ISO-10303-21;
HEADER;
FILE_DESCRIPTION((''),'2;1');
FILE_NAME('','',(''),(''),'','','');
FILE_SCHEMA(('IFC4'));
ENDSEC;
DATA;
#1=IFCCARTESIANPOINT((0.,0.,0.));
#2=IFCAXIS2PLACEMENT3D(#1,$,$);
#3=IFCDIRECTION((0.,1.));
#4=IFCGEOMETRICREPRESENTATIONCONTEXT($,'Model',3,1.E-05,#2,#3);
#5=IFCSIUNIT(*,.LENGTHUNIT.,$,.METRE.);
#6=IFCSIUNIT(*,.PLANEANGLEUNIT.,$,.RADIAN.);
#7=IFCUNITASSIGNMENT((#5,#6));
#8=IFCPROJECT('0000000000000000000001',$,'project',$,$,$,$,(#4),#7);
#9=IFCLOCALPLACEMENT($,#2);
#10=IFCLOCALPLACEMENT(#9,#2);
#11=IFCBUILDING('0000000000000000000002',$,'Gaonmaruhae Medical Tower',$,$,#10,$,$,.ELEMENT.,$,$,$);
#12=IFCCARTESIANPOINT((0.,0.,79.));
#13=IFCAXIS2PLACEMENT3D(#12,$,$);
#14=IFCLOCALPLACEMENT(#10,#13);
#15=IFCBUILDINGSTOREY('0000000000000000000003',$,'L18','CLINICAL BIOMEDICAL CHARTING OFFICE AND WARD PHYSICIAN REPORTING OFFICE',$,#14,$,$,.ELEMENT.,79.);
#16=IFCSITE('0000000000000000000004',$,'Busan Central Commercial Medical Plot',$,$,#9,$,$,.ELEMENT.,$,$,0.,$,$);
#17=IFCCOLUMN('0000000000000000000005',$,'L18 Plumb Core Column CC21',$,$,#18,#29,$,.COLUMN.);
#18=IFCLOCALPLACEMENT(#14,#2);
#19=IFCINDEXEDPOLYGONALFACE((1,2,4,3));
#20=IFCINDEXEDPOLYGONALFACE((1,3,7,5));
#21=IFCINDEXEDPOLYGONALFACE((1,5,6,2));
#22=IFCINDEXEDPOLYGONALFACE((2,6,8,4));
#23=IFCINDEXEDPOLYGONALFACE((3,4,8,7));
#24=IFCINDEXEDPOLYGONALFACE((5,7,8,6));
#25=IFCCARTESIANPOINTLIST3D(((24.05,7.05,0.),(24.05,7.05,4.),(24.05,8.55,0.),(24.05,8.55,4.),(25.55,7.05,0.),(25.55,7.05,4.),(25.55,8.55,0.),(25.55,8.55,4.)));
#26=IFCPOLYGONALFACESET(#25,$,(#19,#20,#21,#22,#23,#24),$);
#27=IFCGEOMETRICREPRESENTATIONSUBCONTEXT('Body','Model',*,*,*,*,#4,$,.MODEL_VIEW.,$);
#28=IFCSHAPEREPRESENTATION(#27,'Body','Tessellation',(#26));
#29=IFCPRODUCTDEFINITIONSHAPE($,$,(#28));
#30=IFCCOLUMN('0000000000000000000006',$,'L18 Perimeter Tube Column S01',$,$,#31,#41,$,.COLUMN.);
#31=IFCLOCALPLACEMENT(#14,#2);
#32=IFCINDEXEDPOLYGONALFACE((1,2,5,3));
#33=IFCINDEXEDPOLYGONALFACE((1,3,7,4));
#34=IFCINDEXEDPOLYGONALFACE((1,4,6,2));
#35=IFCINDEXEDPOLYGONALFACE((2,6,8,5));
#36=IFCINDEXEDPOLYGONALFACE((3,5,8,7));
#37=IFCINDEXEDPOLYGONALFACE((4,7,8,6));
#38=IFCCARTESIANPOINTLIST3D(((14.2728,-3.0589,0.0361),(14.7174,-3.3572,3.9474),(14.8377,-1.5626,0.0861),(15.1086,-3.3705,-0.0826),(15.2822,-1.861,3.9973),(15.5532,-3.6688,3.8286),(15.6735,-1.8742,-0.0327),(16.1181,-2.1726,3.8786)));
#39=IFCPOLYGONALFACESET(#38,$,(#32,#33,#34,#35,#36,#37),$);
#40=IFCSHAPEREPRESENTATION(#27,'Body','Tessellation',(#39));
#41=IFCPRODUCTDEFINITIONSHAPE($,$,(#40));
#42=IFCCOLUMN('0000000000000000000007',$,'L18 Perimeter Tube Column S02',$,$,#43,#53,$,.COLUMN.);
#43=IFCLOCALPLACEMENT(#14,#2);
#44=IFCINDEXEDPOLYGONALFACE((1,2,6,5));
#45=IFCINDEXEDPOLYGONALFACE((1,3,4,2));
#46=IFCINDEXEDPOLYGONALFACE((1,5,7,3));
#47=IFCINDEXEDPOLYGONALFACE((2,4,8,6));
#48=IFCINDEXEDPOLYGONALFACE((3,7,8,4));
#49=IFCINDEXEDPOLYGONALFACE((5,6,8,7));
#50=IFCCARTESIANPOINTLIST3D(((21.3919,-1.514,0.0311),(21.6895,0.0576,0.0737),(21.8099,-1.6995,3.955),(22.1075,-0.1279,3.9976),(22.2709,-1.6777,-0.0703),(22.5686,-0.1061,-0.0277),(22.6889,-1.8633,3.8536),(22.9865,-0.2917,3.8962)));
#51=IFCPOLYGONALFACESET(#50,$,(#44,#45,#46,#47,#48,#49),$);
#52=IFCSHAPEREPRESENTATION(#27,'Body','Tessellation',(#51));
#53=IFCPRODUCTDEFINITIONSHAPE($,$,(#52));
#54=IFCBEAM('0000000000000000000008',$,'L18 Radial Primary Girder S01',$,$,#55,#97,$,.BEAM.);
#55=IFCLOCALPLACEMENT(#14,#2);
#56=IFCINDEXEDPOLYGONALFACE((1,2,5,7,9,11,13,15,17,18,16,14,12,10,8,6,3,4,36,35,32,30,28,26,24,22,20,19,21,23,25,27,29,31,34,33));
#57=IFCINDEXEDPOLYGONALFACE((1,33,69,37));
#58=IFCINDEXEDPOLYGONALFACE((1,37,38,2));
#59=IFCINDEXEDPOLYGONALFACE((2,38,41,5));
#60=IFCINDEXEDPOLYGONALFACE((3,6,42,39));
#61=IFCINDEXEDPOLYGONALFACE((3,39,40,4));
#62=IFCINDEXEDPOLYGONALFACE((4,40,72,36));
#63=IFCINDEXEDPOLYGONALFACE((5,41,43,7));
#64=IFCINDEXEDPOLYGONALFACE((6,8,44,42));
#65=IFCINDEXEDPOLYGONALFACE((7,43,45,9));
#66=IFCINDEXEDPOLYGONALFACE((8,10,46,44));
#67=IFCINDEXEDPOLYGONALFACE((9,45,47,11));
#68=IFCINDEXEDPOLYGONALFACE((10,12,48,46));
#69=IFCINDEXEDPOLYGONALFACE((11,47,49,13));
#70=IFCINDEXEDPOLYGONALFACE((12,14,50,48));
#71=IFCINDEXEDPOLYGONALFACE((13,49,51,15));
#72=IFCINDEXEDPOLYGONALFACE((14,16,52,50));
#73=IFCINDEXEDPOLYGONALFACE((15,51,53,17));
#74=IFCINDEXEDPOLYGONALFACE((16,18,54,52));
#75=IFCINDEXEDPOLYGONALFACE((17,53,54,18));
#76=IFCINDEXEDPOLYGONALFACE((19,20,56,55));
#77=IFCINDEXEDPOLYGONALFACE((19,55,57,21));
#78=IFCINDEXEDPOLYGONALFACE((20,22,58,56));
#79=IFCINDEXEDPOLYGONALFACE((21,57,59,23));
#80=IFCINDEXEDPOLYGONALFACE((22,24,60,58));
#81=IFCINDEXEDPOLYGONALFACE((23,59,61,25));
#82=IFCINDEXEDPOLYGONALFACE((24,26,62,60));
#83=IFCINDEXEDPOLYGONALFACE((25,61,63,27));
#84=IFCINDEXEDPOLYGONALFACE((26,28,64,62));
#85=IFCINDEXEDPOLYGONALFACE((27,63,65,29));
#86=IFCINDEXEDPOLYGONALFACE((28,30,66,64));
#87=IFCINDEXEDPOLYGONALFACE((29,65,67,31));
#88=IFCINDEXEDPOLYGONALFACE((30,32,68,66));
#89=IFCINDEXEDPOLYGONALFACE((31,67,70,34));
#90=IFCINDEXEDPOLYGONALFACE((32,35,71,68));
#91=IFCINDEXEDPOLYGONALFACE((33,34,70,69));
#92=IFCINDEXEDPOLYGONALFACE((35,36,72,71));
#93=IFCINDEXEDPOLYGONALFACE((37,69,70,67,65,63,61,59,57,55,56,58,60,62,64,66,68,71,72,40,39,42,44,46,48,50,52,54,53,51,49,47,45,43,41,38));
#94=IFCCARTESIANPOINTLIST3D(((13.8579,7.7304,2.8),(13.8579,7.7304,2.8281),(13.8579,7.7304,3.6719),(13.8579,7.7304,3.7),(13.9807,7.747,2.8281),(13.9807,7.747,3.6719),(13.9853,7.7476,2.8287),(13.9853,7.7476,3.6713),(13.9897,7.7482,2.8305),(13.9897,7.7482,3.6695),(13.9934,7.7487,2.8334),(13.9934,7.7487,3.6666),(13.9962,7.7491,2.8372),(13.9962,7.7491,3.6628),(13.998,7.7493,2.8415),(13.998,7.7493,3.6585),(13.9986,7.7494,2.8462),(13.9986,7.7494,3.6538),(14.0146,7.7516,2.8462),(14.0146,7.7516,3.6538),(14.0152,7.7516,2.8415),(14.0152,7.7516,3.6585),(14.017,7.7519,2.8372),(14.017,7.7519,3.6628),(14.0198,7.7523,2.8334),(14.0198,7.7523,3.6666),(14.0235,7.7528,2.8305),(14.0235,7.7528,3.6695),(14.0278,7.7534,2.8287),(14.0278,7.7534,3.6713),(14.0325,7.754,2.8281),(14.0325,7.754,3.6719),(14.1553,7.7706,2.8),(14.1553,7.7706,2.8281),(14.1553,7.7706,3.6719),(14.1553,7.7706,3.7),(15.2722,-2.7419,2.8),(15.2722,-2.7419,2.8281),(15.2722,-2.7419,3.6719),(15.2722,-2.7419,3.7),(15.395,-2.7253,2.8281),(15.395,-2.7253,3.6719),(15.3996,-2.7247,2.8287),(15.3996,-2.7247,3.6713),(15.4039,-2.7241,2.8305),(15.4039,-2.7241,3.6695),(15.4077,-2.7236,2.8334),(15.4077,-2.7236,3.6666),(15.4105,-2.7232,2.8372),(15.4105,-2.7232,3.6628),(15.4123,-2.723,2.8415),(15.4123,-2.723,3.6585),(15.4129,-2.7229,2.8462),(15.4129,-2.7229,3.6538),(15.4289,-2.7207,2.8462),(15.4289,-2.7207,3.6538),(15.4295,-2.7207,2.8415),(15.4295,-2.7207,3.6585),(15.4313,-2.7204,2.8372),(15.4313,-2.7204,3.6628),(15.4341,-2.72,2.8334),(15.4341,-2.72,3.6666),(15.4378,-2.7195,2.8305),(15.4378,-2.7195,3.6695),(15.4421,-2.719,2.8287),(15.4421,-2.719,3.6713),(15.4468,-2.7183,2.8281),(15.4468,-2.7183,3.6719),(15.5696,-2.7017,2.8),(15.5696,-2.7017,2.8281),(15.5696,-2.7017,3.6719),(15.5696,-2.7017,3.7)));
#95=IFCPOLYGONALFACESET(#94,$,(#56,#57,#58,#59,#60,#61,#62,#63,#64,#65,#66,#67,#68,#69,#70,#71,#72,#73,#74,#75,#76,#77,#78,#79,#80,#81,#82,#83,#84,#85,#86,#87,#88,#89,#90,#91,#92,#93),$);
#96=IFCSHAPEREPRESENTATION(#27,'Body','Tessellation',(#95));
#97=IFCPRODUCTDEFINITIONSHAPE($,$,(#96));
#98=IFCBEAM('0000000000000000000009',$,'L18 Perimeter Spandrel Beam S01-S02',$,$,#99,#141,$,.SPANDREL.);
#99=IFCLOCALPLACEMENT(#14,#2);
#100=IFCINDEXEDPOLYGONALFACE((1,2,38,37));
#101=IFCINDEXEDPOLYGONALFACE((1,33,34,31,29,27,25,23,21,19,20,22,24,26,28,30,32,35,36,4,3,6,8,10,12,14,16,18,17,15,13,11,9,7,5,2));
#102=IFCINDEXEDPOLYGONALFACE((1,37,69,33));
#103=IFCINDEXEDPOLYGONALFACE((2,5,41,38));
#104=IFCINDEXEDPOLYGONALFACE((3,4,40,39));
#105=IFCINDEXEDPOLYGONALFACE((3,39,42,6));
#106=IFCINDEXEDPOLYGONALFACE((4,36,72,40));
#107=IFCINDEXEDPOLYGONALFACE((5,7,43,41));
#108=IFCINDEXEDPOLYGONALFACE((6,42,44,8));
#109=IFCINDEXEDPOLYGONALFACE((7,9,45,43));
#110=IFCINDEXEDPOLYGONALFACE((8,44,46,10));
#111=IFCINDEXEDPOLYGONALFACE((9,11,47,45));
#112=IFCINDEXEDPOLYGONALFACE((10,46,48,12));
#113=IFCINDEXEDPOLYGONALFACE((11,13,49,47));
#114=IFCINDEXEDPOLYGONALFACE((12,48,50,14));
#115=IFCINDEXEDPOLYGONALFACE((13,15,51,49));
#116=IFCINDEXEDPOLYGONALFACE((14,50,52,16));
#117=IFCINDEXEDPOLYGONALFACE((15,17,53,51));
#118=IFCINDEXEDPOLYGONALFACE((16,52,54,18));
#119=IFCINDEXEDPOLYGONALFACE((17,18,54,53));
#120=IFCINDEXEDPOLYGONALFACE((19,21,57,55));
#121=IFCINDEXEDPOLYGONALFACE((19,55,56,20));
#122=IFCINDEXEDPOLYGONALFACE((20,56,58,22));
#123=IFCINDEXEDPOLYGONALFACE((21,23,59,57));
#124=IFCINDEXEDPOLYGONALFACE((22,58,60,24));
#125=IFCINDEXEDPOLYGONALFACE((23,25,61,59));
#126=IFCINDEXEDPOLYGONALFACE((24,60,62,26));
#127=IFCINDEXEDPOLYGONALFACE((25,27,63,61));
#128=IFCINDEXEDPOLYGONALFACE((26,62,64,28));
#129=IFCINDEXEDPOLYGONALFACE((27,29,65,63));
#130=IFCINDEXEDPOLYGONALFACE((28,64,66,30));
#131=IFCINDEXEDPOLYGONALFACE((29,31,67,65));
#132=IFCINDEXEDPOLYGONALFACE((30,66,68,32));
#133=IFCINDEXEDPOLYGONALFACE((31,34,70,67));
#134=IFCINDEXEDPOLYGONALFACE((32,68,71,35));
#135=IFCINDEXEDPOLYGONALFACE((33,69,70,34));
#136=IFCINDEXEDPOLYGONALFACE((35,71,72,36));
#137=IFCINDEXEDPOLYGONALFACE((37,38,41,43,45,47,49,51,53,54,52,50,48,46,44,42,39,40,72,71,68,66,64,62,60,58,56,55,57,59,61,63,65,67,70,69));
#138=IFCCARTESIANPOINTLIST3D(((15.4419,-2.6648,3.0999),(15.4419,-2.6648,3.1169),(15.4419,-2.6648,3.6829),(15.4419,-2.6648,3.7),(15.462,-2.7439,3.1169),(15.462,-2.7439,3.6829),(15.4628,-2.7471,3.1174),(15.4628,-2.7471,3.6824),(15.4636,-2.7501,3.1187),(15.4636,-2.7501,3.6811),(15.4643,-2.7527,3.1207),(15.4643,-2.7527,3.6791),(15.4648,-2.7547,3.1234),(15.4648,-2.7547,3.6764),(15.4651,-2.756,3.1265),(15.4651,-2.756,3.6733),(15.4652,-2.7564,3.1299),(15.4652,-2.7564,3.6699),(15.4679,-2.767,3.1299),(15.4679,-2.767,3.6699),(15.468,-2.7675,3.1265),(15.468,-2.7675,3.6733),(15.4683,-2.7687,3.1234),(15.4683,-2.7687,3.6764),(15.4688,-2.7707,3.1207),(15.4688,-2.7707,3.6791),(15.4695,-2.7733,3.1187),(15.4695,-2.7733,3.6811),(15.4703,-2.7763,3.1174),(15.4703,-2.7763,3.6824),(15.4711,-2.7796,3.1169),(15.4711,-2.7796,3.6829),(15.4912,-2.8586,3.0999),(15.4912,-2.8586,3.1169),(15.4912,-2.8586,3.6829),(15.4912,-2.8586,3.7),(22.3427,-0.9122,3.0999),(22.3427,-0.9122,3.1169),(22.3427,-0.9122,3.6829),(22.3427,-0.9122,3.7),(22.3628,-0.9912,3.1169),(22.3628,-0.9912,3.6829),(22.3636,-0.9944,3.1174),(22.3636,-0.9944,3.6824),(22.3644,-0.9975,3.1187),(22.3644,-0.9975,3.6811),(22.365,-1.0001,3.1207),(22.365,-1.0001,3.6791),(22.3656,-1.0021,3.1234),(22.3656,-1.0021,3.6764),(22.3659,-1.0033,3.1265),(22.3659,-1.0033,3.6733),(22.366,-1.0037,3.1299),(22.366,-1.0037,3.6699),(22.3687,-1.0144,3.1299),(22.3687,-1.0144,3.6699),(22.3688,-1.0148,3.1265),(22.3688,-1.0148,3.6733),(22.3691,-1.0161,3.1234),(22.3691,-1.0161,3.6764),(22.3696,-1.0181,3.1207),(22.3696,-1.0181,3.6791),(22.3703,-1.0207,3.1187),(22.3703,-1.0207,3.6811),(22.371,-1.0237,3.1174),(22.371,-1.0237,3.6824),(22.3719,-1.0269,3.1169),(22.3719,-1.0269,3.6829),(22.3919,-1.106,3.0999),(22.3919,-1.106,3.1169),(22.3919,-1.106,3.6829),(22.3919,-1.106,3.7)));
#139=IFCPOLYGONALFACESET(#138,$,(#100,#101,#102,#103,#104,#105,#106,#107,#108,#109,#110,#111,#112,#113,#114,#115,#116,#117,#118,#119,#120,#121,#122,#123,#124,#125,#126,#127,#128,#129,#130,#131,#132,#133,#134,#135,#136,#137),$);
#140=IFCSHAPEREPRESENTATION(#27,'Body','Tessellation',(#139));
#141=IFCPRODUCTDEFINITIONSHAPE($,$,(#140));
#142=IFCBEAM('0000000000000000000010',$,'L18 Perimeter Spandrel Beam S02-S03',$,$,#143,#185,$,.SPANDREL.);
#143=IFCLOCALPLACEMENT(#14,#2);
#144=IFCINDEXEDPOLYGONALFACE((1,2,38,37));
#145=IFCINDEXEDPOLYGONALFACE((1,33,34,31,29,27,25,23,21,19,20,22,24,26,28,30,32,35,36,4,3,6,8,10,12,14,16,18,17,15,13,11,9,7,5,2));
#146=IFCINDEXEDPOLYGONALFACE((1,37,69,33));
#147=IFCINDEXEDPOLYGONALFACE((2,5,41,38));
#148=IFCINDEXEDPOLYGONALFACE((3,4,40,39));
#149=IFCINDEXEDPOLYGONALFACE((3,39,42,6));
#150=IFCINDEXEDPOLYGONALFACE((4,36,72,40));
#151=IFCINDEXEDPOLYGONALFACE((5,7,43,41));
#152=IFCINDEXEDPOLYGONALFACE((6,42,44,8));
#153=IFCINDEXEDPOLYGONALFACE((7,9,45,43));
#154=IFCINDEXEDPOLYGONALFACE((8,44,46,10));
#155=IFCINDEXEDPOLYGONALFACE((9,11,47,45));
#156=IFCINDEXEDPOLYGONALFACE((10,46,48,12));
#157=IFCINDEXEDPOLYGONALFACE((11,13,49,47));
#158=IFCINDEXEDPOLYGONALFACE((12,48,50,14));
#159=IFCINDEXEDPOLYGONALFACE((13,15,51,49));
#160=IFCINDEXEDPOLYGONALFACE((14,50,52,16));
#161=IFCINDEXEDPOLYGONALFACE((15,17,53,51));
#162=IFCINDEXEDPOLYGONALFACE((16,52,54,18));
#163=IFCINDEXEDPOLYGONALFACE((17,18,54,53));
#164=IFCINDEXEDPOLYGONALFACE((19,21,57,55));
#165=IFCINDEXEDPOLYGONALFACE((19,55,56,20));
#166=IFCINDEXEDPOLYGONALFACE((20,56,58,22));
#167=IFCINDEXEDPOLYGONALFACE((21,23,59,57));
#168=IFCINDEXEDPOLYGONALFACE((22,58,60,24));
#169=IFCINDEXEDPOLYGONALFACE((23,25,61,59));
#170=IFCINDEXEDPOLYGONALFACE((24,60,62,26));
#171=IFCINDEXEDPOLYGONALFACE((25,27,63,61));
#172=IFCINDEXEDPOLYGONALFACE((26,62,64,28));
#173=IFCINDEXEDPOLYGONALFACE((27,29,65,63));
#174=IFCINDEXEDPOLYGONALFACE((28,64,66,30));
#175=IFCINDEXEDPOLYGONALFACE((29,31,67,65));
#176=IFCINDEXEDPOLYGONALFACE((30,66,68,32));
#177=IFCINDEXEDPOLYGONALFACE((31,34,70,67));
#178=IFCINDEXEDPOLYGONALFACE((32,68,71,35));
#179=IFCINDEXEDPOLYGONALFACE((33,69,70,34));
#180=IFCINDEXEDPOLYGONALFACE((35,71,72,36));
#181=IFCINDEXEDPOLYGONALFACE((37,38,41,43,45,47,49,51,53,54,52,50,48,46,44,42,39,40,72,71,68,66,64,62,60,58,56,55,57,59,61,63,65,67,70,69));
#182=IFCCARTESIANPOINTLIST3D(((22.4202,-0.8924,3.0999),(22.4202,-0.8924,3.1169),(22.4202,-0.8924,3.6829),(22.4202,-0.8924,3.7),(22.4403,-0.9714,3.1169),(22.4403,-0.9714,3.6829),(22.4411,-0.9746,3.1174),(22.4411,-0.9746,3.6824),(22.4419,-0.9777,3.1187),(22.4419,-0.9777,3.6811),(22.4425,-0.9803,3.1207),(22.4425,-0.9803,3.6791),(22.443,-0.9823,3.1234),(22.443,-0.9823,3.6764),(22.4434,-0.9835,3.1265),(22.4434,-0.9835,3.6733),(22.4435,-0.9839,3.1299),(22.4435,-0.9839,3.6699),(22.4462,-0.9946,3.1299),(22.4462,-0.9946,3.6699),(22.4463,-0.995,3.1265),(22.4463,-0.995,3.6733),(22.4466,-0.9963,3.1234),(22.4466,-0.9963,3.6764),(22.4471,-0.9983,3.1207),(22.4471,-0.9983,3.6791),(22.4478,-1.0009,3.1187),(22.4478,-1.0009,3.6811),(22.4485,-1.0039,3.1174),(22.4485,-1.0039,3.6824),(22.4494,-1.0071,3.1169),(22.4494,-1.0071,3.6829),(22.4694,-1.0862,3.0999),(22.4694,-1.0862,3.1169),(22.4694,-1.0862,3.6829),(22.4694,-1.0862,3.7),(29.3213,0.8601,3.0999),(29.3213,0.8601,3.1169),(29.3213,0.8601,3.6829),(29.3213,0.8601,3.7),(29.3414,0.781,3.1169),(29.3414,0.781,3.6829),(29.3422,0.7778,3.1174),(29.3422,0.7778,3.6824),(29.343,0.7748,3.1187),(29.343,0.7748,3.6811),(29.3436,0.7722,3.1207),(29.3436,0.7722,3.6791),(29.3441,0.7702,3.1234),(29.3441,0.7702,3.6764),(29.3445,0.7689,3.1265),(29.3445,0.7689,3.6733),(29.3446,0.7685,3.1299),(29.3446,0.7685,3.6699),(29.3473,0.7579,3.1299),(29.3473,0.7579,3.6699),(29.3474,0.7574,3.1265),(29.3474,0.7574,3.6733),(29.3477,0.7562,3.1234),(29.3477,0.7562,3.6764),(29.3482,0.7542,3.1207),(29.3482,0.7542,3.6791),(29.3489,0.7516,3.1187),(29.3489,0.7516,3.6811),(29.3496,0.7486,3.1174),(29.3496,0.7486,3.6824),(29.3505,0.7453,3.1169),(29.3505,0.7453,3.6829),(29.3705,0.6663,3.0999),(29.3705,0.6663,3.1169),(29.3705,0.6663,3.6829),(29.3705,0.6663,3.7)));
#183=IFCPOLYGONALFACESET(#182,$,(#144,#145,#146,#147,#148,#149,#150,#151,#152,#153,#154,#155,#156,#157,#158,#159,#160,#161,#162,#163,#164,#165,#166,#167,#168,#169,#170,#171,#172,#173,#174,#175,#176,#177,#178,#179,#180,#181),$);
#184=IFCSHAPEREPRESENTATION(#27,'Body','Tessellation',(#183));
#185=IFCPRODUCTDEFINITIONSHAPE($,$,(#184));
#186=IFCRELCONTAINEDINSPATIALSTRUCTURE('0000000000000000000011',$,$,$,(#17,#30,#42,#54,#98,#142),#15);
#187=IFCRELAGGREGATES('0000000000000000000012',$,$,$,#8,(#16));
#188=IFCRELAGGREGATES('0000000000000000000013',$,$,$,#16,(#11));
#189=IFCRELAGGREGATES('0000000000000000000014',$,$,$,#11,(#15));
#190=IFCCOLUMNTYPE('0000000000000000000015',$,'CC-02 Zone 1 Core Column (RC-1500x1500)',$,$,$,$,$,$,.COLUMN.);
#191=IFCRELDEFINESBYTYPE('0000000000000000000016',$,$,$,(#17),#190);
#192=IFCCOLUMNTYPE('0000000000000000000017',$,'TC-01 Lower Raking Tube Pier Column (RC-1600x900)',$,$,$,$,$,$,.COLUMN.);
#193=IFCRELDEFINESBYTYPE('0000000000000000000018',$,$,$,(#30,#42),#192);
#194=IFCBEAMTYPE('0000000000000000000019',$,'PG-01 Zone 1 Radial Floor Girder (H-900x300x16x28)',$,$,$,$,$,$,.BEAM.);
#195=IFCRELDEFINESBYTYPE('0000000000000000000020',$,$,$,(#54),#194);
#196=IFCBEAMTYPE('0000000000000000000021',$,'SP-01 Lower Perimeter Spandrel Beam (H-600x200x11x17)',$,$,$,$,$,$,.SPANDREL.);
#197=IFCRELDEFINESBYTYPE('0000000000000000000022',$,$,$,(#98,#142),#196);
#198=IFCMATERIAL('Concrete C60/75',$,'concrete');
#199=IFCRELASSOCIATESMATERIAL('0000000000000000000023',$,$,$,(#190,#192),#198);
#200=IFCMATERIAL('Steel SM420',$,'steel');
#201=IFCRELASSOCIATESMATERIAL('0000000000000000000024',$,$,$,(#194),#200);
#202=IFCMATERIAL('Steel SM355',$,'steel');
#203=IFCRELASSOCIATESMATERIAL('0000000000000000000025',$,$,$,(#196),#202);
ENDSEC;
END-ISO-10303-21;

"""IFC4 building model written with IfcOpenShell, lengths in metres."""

from ifc_helpers import new_model, si_unit, direction, frame, origin, origin_2d, place, context, subcontext, project, spatial, rectangle, i_section, extrude, material, material_profile, profile_set, type_object, element, save


model = new_model("IFC4")

# Units and contexts
model_context = context("Model", 3, precision=1e-05, world=origin(), true_north=direction((0.0, 1.0)))
body_context = subcontext(model_context, "Body", "Model", "MODEL_VIEW")
ifc_project = project(units=[si_unit("LENGTHUNIT", "METRE"), si_unit("PLANEANGLEUNIT", "RADIAN")], contexts=[model_context])

# Site, building, storey
site_placement = place(None, origin())
site = spatial("IfcSite", under=ifc_project, at=site_placement, Name="Busan Central Commercial Medical Plot", CompositionType="ELEMENT", RefElevation=0.0)
building_placement = place(site_placement, origin())
building = spatial("IfcBuilding", under=site, at=building_placement, Name="Gaonmaruhae Medical Tower", CompositionType="ELEMENT")
storey_placement = place(building_placement, frame((0.0, 0.0, 79.0)))
storey = spatial("IfcBuildingStorey", under=building, at=storey_placement, Name="L18", Description="CLINICAL BIOMEDICAL CHARTING OFFICE AND WARD PHYSICIAN REPORTING OFFICE", CompositionType="ELEMENT", Elevation=79.0)

# Columns
ifc_material_1 = material(Name="Concrete C60/75", Category="concrete")
ifc_material_profile_1 = material_profile(ifc_material_1, rectangle(XDim=1.5, YDim=1.5, at=origin_2d()), Name="RC-1500x1500")
ifc_profile_set_1 = profile_set([ifc_material_profile_1], Name="Concrete C60/75")
column_type_1 = type_object("IfcColumnType", Name="CC-02 Zone 1 Core Column (RC-1500x1500)", PredefinedType="COLUMN", material=ifc_profile_set_1)
column_1_placement = place(storey_placement, frame((24.8, 7.8, 0.0), z_axis=(0.0, 0.0, 1.0), x_axis=(1.0, 0.0, 0.0)))
element("IfcColumn", 1, at=column_1_placement, inside=storey, type_object=column_type_1, Name="L18 Plumb Core Column CC21", PredefinedType="COLUMN", context=body_context, shape_type="SweptSolid", body=[
    extrude(rectangle(XDim=1.5, YDim=1.5, at=origin_2d()), origin(), (0.0, 0.0, 1.0), 4.0),
])
ifc_material_profile_2 = material_profile(ifc_material_1, rectangle(XDim=1.6001, YDim=0.8999, at=origin_2d()), Name="RC-1600x900")
ifc_profile_set_2 = profile_set([ifc_material_profile_2], Name="Concrete C60/75")
column_type_2 = type_object("IfcColumnType", Name="TC-01 Lower Raking Tube Pier Column (RC-1600x900)", PredefinedType="COLUMN", material=ifc_profile_set_2)
column_2_placement = place(storey_placement, frame((14.9731, -2.4666, 0.0017), z_axis=(0.112613, -0.07557, 0.990761), x_axis=(0.353018, 0.935096, 0.031199)))
element("IfcColumn", 2, at=column_2_placement, inside=storey, type_object=column_type_2, Name="L18 Perimeter Tube Column S01", PredefinedType="COLUMN", context=body_context, shape_type="SweptSolid", body=[
    extrude(rectangle(XDim=1.6001, YDim=0.8999, at=origin_2d()), origin(), (0.0, 0.0, 1.0), 3.9478),
])
column_3_placement = place(storey_placement, frame((21.9802, -0.8101, 0.0017), z_axis=(0.105805, -0.046969, 0.993277), x_axis=(0.186011, 0.982187, 0.026631)))
element("IfcColumn", 3, at=column_3_placement, inside=storey, type_object=column_type_2, Name="L18 Perimeter Tube Column S02", PredefinedType="COLUMN", context=body_context, shape_type="SweptSolid", body=[
    extrude(rectangle(XDim=1.6001, YDim=0.8999, at=origin_2d()), origin(), (0.0, 0.0, 1.0), 3.9504),
])

# Beams
ifc_material_2 = material(Name="Steel SM420", Category="steel")
ifc_material_profile_3 = material_profile(ifc_material_2, i_section(OverallWidth=0.3, OverallDepth=0.8999, WebThickness=0.0161, FlangeThickness=0.0281, FilletRadius=0.0181, at=origin_2d()), Name="H-900x300x16x28")
ifc_profile_set_3 = profile_set([ifc_material_profile_3], Name="Steel SM420")
beam_type_1 = type_object("IfcBeamType", Name="PG-01 Zone 1 Radial Floor Girder (H-900x300x16x28)", PredefinedType="BEAM", material=ifc_profile_set_3)
beam_1_placement = place(storey_placement, frame((14.0066, 7.7505, 3.25), z_axis=(0.133836, -0.991004, 0.0), x_axis=(0.991004, 0.133836, 0.0)))
element("IfcBeam", 4, at=beam_1_placement, inside=storey, type_object=beam_type_1, Name="L18 Radial Primary Girder S01", PredefinedType="BEAM", context=body_context, shape_type="SweptSolid", body=[
    extrude(i_section(OverallWidth=0.3, OverallDepth=0.8999, WebThickness=0.0161, FlangeThickness=0.0281, FilletRadius=0.0181, at=origin_2d()), origin(), (0.0, 0.0, 1.0), 10.5674),
])
ifc_material_3 = material(Name="Steel SM355", Category="steel")
ifc_material_profile_4 = material_profile(ifc_material_3, i_section(OverallWidth=0.2, OverallDepth=0.6001, WebThickness=0.011, FlangeThickness=0.0171, FilletRadius=0.0129, at=origin_2d()), Name="H-600x200x11x17")
ifc_profile_set_4 = profile_set([ifc_material_profile_4], Name="Steel SM355")
beam_type_2 = type_object("IfcBeamType", Name="SP-01 Lower Perimeter Spandrel Beam (H-600x200x11x17)", PredefinedType="SPANDREL", material=ifc_profile_set_4)
beam_2_placement = place(storey_placement, frame((15.4666, -2.7617, 3.3999), z_axis=(0.969228, 0.246165, 0.0), x_axis=(-0.246165, 0.969228, 0.0)))
element("IfcBeam", 5, at=beam_2_placement, inside=storey, type_object=beam_type_2, Name="L18 Perimeter Spandrel Beam S01-S02", PredefinedType="SPANDREL", context=body_context, shape_type="SweptSolid", body=[
    extrude(i_section(OverallWidth=0.2, OverallDepth=0.6001, WebThickness=0.011, FlangeThickness=0.0171, FilletRadius=0.0129, at=origin_2d()), origin(), (0.0, 0.0, 1.0), 7.1199),
])
beam_3_placement = place(storey_placement, frame((22.4448, -0.9893, 3.3999), z_axis=(0.969238, 0.246124, 0.0), x_axis=(-0.246124, 0.969238, 0.0)))
element("IfcBeam", 6, at=beam_3_placement, inside=storey, type_object=beam_type_2, Name="L18 Perimeter Spandrel Beam S02-S03", PredefinedType="SPANDREL", context=body_context, shape_type="SweptSolid", body=[
    extrude(i_section(OverallWidth=0.2, OverallDepth=0.6001, WebThickness=0.011, FlangeThickness=0.0171, FilletRadius=0.0129, at=origin_2d()), origin(), (0.0, 0.0, 1.0), 7.1201),
])

save(model, "model.ifc")
